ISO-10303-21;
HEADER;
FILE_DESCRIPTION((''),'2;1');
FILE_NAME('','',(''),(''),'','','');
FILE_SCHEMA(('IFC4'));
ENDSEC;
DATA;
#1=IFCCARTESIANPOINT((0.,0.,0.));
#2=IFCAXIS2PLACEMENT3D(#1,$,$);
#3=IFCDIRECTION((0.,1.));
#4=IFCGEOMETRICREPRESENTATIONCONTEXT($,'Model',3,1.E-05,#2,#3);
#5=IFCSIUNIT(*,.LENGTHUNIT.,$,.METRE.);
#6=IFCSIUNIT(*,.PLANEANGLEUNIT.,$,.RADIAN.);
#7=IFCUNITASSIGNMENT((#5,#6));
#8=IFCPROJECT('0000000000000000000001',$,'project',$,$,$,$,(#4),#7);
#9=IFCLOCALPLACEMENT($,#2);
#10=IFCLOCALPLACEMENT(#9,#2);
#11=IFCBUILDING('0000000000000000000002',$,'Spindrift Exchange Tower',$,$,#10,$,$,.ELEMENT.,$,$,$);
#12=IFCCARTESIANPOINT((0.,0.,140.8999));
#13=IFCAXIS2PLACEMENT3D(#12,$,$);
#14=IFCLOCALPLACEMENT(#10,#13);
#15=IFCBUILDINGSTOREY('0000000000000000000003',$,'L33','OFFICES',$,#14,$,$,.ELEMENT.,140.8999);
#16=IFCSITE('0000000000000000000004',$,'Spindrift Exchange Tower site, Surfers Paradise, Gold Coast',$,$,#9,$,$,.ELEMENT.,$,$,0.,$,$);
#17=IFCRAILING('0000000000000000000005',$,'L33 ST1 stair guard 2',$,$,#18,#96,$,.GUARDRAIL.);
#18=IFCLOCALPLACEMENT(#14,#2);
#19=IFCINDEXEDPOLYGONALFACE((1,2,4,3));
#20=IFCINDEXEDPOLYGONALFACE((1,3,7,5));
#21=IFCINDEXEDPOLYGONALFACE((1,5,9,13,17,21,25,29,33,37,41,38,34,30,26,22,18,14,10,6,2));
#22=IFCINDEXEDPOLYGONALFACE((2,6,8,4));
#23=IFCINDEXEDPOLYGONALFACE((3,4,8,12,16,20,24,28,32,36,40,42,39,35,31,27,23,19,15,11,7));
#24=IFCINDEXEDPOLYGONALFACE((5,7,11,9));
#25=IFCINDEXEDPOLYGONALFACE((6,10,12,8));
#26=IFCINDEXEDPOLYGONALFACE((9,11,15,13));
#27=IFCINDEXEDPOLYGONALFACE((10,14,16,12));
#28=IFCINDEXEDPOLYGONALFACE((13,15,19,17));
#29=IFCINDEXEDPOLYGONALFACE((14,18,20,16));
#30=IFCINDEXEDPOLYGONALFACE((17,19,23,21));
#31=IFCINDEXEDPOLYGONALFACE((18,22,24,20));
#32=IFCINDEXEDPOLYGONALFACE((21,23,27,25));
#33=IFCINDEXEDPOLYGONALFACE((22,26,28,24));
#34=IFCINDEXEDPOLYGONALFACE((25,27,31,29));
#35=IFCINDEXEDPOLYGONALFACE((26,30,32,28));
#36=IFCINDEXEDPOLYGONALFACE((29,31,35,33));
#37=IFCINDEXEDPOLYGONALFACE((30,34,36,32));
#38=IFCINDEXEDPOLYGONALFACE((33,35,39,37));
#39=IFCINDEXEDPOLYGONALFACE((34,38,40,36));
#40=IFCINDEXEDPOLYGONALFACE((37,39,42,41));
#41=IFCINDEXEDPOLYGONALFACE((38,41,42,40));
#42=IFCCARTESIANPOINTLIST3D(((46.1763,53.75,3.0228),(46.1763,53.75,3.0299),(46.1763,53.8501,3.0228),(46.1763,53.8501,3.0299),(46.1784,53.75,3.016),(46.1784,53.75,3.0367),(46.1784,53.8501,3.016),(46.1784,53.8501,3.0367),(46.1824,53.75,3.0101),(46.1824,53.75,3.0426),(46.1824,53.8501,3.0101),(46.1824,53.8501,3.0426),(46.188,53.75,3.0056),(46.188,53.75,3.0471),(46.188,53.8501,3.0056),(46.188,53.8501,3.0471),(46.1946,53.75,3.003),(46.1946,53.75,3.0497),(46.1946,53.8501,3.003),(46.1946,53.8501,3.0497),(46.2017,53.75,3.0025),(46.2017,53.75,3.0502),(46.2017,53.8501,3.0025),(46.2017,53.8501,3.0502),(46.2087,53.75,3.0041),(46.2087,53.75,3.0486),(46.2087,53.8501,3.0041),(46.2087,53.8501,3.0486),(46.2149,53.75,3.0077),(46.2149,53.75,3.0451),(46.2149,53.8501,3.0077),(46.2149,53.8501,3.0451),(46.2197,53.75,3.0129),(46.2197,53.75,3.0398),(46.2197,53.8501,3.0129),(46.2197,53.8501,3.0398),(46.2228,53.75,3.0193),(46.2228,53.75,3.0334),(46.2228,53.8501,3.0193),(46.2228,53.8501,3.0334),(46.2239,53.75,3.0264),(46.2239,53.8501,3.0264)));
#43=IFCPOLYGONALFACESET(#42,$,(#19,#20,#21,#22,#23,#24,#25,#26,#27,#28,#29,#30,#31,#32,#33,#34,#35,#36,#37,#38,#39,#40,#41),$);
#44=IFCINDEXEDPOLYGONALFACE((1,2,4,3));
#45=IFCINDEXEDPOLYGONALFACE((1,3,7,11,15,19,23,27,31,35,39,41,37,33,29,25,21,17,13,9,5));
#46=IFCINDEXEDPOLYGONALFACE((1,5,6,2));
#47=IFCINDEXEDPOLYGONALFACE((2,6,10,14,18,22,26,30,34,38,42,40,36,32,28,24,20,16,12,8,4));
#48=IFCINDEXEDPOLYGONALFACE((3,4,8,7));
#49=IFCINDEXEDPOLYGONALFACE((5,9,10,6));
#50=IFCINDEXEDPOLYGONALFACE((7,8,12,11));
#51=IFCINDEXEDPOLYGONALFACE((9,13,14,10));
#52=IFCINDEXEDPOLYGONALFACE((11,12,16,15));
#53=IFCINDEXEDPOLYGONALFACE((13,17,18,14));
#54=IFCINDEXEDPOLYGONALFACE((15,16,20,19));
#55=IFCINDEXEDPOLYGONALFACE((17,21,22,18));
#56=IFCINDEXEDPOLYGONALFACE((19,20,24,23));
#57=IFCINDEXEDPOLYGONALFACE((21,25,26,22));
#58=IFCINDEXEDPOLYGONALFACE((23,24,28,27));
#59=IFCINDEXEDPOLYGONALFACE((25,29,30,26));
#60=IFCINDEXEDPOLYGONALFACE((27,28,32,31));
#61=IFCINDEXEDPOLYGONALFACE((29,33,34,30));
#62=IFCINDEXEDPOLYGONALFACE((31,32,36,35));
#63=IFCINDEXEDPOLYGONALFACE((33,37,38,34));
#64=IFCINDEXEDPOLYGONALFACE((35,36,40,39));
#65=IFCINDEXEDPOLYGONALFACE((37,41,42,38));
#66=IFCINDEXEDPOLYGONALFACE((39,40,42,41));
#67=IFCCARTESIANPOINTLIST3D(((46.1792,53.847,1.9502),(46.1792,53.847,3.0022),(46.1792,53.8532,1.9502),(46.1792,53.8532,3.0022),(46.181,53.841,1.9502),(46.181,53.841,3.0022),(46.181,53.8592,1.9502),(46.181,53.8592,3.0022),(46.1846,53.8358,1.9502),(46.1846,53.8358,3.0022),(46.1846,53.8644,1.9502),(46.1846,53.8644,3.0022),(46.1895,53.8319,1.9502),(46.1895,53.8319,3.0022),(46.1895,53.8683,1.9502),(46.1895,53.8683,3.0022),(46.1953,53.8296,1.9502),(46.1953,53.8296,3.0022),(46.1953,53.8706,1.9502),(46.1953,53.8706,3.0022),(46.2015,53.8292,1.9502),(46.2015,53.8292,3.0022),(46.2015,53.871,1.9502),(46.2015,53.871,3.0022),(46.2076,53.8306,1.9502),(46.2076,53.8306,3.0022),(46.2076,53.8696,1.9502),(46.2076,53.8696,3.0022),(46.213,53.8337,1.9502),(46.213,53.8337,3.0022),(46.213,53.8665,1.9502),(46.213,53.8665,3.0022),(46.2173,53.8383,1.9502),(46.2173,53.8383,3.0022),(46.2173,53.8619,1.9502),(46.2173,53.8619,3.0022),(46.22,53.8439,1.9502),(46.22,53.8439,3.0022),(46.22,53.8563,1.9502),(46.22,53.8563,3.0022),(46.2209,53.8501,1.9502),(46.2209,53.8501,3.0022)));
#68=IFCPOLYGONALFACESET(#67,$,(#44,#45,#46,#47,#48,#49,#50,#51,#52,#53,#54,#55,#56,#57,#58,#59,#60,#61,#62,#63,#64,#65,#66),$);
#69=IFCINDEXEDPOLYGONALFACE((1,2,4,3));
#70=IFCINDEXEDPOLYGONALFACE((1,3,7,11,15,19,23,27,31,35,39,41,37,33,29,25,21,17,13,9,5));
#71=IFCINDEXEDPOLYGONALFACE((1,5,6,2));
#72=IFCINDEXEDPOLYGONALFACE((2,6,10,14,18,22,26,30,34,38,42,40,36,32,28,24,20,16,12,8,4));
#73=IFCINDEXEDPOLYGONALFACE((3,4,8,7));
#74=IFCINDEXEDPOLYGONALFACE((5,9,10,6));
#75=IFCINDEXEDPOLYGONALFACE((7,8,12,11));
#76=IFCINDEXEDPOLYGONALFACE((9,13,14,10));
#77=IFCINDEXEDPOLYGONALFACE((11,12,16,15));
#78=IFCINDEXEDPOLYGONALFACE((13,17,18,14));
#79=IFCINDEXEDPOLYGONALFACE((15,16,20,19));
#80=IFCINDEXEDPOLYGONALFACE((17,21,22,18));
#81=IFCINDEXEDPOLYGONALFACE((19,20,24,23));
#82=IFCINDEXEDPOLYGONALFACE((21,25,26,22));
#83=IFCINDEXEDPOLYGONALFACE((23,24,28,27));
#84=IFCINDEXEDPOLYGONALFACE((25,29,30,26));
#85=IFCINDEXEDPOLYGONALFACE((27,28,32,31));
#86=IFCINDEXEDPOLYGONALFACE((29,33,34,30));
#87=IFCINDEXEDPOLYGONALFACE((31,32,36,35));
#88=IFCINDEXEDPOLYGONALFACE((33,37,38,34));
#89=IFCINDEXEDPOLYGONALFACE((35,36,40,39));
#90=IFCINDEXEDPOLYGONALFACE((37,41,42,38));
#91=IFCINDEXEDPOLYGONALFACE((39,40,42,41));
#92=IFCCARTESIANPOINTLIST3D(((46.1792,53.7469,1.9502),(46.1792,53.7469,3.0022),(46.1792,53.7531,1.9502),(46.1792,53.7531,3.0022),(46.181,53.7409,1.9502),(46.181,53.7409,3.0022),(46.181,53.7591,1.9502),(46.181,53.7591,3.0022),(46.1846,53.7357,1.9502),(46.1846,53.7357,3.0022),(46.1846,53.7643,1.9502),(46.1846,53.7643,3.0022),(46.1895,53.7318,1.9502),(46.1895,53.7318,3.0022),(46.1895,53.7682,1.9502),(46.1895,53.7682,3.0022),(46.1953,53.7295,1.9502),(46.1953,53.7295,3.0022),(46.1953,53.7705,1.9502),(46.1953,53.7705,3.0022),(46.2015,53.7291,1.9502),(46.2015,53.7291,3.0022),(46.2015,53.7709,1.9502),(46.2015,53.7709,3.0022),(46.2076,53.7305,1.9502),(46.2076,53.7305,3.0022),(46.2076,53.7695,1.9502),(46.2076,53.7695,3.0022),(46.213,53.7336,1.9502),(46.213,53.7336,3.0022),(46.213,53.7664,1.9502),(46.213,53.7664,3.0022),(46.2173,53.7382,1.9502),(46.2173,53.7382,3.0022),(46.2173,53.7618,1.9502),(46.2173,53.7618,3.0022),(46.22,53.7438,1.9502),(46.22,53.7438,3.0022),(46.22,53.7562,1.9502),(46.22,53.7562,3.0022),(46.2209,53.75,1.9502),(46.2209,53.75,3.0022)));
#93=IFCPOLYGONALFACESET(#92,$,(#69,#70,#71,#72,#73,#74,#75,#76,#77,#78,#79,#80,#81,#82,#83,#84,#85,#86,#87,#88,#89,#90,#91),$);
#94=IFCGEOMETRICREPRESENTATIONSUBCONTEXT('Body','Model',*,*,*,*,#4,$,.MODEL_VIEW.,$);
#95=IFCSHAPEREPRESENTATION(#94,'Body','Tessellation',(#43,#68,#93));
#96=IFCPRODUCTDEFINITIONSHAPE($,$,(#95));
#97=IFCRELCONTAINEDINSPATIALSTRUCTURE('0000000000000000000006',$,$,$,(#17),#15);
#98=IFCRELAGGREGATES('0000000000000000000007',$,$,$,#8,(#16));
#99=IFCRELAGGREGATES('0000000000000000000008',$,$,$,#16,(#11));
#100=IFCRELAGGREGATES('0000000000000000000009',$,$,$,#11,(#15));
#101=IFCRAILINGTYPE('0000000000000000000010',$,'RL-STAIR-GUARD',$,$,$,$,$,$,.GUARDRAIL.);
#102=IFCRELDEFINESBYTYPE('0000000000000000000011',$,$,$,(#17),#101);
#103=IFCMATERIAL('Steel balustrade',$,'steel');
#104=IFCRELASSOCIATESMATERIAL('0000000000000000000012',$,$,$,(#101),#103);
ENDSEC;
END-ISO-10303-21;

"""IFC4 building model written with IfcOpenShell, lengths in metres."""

from ifc_helpers import new_model, si_unit, direction, frame, origin, origin_2d, place, context, subcontext, project, spatial, circle, extrude, material, type_object, element, save


model = new_model("IFC4")

# Units and contexts
model_context = context("Model", 3, precision=1e-05, world=origin(), true_north=direction((0.0, 1.0)))
body_context = subcontext(model_context, "Body", "Model", "MODEL_VIEW")
ifc_project = project(units=[si_unit("LENGTHUNIT", "METRE"), si_unit("PLANEANGLEUNIT", "RADIAN")], contexts=[model_context])

# Site, building, storey
site_placement = place(None, origin())
site = spatial("IfcSite", under=ifc_project, at=site_placement, Name="Spindrift Exchange Tower site, Surfers Paradise, Gold Coast", CompositionType="ELEMENT", RefElevation=0.0)
building_placement = place(site_placement, origin())
building = spatial("IfcBuilding", under=site, at=building_placement, Name="Spindrift Exchange Tower", CompositionType="ELEMENT")
storey_placement = place(building_placement, frame((0.0, 0.0, 140.8999)))
storey = spatial("IfcBuildingStorey", under=building, at=storey_placement, Name="L33", Description="OFFICES", CompositionType="ELEMENT", Elevation=140.8999)

# Railing
ifc_material_1 = material(Name="Steel balustrade", Category="steel")
railing_type_1 = type_object("IfcRailingType", Name="RL-STAIR-GUARD", PredefinedType="GUARDRAIL", material=ifc_material_1)
railing_1_placement = place(storey_placement, frame((46.2, 53.8501, 1.9502)))
element("IfcRailing", 1, at=railing_1_placement, inside=storey, type_object=railing_type_1, Name="L33 ST1 stair guard 2", PredefinedType="GUARDRAIL", context=body_context, shape_type="SweptSolid", body=[
    extrude(circle(Radius=0.0239, at=origin_2d()), frame((0.0, 0.0, 1.0762), z_axis=(0.0, -1.0, 0.0), x_axis=(1.0, 0.0, 0.0)), (0.0, 0.0, 1.0), 0.1001),
    extrude(circle(Radius=0.021, at=origin_2d()), origin(), (0.0, 0.0, 1.0), 1.052),
    extrude(circle(Radius=0.021, at=origin_2d()), frame((0.0, -0.1001, 0.0)), (0.0, 0.0, 1.0), 1.052),
])

save(model, "model.ifc")
